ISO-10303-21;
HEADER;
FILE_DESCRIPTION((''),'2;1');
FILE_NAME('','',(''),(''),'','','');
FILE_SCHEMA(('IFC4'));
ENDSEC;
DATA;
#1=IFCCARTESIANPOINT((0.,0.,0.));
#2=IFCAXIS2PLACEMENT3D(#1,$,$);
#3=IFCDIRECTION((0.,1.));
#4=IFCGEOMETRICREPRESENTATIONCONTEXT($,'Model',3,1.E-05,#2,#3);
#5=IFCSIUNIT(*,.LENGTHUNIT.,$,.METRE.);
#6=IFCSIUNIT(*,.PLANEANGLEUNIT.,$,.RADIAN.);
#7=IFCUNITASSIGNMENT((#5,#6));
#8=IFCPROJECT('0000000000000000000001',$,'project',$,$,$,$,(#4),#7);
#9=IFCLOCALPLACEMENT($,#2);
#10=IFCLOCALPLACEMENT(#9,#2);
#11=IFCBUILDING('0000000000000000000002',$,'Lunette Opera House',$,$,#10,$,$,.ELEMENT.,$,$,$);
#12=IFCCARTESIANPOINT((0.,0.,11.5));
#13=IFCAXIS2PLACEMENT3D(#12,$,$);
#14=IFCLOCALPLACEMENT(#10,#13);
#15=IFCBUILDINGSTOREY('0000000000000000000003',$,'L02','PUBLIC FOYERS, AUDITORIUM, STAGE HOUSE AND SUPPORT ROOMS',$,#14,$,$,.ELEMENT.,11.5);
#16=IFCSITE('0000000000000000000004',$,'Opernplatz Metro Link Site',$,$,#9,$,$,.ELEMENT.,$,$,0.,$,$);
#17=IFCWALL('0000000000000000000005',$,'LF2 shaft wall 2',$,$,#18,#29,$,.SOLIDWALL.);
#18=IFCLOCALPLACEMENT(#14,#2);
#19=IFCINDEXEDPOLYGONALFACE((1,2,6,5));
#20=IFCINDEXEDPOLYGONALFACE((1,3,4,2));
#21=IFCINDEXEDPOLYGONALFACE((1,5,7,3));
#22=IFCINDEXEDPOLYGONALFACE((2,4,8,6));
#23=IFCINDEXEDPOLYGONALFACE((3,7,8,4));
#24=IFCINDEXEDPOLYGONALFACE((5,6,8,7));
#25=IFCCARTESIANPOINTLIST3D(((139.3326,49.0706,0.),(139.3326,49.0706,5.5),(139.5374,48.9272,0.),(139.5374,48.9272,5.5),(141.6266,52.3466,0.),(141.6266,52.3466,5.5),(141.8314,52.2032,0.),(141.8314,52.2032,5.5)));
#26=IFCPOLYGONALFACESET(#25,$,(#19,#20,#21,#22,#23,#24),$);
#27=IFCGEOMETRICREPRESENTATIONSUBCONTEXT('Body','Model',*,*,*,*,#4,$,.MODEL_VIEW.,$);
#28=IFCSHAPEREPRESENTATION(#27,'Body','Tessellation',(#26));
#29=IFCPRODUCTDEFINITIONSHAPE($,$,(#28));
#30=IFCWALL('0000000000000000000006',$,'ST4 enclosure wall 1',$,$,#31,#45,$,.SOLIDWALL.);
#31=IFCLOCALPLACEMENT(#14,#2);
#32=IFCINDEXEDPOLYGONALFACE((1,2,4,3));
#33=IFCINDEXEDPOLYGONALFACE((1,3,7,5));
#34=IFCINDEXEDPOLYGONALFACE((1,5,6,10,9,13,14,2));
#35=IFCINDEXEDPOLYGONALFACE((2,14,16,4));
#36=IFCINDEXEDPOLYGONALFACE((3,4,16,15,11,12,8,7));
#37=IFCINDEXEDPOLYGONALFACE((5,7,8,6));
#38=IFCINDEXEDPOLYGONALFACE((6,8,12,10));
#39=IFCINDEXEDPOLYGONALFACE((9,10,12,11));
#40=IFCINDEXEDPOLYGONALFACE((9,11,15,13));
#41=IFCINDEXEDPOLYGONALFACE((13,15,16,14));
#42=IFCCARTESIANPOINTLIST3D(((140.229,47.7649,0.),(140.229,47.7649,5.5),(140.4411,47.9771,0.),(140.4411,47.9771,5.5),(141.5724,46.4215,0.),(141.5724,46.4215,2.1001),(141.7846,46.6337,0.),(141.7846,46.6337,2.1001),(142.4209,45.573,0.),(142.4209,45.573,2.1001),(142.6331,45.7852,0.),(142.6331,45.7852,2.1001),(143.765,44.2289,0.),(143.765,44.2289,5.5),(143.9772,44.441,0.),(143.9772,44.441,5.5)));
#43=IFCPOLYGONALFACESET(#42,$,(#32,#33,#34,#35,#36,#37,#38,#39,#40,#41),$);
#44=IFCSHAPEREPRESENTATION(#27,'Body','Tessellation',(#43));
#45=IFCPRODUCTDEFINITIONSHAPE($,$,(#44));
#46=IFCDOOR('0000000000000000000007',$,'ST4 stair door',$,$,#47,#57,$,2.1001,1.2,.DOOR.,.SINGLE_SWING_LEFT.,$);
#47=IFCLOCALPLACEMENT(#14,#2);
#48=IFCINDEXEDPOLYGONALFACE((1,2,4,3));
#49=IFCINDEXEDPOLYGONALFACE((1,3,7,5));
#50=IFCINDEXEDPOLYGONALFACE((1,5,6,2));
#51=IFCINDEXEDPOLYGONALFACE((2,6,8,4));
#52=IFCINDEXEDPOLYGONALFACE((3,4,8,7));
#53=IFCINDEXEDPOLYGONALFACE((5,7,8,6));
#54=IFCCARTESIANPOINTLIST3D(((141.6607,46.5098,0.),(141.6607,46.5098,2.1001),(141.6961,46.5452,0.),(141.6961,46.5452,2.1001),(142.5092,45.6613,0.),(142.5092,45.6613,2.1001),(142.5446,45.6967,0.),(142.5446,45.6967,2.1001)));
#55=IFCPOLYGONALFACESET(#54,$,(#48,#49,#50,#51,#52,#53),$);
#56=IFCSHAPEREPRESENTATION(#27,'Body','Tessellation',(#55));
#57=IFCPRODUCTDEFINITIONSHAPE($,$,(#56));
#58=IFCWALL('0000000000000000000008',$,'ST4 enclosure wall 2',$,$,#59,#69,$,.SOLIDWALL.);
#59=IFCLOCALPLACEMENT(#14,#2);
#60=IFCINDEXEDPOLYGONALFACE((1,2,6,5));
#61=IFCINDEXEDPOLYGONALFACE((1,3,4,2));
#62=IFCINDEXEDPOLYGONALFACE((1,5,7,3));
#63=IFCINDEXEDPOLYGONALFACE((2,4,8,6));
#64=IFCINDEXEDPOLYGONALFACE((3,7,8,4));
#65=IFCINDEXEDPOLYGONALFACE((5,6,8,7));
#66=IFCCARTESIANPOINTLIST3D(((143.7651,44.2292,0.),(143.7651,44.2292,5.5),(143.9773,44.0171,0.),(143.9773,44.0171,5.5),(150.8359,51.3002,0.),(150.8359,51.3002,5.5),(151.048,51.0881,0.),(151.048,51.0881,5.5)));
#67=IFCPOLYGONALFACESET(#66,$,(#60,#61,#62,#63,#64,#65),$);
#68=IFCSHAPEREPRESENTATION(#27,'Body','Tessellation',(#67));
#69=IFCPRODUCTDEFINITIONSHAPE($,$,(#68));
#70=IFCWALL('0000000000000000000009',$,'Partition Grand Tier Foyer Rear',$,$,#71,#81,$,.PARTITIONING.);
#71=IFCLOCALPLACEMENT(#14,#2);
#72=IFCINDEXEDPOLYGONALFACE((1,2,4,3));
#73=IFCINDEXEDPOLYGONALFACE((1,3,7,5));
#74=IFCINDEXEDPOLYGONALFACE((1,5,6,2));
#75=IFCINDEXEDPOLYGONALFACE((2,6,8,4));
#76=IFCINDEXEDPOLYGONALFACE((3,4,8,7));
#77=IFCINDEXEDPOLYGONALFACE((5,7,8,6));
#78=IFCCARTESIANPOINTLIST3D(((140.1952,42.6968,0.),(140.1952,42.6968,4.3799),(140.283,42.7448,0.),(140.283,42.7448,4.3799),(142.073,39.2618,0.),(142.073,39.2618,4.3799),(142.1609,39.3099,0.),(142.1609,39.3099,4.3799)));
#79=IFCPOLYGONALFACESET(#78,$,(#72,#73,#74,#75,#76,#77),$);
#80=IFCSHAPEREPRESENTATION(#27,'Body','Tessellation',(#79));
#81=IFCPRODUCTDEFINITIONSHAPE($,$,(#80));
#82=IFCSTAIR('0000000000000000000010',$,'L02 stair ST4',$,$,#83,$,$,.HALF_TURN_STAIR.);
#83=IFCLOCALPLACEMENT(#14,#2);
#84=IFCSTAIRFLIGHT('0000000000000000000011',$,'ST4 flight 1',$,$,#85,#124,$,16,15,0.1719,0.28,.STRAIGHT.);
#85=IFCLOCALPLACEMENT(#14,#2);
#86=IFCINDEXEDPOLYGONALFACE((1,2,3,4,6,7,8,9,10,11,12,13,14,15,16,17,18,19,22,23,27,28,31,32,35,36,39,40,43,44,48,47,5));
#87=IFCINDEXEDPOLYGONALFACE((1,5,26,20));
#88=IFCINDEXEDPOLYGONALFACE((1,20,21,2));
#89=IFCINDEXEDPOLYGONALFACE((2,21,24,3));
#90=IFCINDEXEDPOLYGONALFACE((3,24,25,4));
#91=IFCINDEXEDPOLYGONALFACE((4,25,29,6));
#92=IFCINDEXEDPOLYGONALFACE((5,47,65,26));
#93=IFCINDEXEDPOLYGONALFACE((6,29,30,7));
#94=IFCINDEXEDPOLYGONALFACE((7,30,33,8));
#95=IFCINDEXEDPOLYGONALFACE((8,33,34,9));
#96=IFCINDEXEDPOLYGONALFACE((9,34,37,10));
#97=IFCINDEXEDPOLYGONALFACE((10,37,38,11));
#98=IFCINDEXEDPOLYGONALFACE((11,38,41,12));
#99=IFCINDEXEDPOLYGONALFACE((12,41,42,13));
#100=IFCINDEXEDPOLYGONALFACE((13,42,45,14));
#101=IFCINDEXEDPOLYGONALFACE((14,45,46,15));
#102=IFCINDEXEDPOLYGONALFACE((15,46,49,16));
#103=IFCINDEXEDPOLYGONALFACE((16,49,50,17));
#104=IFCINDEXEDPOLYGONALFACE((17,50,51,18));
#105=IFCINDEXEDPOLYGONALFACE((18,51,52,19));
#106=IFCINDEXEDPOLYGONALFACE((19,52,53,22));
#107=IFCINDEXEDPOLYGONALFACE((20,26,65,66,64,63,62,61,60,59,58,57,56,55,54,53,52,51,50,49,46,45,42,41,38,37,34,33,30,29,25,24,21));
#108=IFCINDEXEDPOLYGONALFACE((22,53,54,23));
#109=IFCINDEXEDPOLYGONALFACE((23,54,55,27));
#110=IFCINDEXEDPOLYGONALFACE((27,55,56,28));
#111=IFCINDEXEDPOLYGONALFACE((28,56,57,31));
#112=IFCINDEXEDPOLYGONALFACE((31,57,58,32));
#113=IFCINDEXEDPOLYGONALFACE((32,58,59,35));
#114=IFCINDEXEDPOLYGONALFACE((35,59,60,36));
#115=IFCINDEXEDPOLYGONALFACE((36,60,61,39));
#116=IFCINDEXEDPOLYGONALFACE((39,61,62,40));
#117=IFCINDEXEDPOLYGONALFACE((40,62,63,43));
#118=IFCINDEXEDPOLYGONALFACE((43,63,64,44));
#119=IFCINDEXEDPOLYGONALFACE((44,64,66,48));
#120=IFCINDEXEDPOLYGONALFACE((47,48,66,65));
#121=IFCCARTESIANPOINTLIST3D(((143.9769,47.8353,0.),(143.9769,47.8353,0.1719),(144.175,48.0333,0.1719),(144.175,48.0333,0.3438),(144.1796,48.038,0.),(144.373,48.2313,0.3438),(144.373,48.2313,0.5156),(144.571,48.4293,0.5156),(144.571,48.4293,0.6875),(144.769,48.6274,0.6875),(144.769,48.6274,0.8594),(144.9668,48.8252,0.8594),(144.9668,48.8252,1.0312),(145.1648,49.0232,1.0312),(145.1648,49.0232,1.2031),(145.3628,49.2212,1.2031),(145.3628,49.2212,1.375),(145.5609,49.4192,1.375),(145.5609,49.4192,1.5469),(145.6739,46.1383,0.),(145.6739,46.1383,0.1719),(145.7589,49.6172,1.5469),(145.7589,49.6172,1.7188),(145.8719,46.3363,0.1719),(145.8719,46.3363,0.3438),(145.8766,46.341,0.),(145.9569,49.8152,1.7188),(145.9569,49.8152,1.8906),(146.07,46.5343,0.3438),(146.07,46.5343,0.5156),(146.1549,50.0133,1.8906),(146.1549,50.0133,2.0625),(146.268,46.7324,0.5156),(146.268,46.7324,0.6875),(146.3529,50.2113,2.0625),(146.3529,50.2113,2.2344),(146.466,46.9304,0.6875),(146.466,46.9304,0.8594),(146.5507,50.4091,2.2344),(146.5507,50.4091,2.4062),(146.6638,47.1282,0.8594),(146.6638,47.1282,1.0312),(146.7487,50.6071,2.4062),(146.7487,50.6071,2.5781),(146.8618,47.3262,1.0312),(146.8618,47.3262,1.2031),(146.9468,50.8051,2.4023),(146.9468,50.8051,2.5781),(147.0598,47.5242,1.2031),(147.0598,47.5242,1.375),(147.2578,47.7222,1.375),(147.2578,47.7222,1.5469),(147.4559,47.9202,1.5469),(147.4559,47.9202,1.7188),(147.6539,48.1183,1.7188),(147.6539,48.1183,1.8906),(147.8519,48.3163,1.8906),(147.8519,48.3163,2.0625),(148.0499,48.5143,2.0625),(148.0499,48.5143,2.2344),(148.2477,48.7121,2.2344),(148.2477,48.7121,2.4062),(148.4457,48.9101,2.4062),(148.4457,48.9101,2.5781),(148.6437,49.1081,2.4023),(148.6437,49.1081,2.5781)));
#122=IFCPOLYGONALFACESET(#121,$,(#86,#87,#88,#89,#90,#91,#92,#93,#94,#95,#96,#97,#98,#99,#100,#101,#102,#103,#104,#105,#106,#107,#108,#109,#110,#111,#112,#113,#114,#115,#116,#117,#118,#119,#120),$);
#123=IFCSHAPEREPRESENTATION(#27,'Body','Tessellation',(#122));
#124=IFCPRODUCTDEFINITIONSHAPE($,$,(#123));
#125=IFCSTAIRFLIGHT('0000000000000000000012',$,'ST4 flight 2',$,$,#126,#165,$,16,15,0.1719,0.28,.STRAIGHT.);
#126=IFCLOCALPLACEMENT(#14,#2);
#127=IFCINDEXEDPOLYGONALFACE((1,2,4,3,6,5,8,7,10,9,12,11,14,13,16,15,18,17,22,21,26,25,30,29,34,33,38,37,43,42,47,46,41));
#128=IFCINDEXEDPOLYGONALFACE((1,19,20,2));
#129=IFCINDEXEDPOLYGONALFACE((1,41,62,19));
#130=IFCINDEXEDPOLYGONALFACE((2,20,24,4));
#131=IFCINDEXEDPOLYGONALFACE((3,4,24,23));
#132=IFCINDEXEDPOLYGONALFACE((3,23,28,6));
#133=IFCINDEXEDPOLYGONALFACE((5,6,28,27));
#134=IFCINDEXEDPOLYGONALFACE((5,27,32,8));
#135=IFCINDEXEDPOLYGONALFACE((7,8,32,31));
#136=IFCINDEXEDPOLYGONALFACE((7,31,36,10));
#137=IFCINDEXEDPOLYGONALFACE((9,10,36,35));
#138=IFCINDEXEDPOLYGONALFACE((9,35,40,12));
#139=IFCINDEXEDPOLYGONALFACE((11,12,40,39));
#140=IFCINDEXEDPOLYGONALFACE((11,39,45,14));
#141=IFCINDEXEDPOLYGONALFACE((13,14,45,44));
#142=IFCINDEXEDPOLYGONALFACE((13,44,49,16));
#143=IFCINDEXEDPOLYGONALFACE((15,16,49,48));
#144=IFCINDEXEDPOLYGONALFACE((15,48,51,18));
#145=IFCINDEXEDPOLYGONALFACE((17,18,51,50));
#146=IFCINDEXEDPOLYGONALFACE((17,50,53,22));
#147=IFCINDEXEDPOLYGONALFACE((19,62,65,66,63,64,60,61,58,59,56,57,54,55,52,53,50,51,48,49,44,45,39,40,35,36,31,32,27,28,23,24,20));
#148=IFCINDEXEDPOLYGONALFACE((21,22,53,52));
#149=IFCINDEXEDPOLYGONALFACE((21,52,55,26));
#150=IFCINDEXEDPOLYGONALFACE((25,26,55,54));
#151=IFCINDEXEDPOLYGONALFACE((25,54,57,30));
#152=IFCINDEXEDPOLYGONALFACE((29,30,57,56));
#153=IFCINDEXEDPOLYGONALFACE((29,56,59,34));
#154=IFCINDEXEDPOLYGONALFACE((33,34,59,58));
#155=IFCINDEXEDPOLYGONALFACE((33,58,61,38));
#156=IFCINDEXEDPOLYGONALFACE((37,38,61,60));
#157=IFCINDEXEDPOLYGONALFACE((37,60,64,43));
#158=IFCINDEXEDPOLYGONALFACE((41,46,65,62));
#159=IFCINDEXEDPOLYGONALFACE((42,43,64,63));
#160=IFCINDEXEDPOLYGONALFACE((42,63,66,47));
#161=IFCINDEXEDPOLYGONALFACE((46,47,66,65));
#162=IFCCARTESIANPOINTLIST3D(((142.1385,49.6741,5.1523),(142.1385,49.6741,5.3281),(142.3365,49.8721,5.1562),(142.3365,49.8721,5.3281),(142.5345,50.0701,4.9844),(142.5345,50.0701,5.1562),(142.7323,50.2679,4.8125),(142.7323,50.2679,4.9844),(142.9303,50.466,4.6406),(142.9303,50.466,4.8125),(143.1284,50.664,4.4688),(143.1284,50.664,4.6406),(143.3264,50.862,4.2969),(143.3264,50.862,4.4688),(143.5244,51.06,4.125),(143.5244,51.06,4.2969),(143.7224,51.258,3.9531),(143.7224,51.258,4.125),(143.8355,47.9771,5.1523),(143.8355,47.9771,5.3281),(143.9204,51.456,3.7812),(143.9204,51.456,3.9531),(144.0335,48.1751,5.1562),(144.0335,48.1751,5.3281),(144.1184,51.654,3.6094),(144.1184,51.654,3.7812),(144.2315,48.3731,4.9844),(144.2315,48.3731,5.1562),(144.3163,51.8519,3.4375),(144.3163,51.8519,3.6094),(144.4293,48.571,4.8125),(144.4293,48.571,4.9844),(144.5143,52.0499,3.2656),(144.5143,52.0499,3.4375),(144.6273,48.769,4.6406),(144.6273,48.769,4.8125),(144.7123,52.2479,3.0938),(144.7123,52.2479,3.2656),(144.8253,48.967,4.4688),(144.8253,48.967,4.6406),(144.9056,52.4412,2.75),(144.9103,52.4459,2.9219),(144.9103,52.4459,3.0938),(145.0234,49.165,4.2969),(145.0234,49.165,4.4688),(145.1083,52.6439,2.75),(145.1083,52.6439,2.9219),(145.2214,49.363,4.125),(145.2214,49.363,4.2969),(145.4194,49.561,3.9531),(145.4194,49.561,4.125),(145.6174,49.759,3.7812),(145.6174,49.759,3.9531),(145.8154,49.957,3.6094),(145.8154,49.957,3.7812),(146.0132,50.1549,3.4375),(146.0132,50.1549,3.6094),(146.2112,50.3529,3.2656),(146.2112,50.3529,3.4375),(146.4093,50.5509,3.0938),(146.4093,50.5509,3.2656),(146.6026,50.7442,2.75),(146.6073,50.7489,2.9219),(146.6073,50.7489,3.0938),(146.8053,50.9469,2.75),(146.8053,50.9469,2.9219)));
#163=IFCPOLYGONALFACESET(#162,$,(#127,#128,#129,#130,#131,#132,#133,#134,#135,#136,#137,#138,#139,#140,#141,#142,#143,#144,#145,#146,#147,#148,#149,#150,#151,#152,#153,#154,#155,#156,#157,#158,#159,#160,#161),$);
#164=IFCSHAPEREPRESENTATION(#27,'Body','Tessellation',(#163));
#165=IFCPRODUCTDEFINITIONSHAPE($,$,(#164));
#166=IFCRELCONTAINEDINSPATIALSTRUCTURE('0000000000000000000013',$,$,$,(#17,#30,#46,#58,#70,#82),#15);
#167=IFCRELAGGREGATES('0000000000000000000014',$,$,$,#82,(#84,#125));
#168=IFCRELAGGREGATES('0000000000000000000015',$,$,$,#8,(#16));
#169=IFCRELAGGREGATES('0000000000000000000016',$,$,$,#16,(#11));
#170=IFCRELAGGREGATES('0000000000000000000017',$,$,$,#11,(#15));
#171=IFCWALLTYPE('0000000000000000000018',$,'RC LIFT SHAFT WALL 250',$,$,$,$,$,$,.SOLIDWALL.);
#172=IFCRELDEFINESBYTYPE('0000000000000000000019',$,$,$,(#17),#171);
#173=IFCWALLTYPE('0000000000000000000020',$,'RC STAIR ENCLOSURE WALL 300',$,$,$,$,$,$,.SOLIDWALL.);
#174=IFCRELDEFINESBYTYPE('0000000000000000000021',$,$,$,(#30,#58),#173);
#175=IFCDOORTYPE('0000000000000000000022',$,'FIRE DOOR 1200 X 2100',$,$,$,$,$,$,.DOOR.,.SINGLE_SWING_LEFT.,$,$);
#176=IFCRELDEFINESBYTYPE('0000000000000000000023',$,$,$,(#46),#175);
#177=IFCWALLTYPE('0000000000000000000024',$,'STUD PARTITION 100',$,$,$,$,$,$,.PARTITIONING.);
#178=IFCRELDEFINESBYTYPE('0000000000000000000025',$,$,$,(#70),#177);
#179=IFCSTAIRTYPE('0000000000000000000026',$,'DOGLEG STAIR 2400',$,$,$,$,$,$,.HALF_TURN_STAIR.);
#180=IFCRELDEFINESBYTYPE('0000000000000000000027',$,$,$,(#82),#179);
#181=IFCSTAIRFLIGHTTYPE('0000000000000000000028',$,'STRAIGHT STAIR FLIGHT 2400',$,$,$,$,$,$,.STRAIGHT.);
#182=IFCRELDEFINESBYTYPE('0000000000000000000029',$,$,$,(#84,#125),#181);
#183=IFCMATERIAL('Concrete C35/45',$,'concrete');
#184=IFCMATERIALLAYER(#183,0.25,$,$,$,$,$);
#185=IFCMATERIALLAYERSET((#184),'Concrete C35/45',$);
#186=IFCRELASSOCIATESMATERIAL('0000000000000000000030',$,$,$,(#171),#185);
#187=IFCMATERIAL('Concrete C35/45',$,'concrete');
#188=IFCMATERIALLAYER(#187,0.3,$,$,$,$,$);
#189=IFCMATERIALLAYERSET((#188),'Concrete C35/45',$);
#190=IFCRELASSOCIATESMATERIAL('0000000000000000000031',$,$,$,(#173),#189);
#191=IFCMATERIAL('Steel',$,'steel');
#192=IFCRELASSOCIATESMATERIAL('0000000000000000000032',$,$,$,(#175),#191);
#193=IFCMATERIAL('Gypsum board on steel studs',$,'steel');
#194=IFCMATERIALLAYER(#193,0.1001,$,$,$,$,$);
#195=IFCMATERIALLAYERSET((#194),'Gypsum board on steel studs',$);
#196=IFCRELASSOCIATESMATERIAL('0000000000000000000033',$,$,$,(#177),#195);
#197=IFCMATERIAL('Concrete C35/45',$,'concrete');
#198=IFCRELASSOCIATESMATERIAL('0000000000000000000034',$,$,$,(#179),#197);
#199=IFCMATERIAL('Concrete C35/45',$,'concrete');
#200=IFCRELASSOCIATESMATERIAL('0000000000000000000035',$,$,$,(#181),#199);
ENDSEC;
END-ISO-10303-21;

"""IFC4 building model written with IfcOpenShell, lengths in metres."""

from ifc_helpers import new_model, si_unit, direction, frame, frame_2d, origin, place, context, subcontext, project, spatial, polyline, rectangle, outline, extrude, material, layer, layer_set, type_object, element, fill, aggregate, save


model = new_model("IFC4")

# Units and contexts
model_context = context("Model", 3, precision=1e-05, world=origin(), true_north=direction((0.0, 1.0)))
body_context = subcontext(model_context, "Body", "Model", "MODEL_VIEW")
ifc_project = project(units=[si_unit("LENGTHUNIT", "METRE"), si_unit("PLANEANGLEUNIT", "RADIAN")], contexts=[model_context])

# Site, building, storey
site_placement = place(None, origin())
site = spatial("IfcSite", under=ifc_project, at=site_placement, Name="Opernplatz Metro Link Site", CompositionType="ELEMENT", RefElevation=0.0)
building_placement = place(site_placement, origin())
building = spatial("IfcBuilding", under=site, at=building_placement, Name="Lunette Opera House", CompositionType="ELEMENT")
storey_placement = place(building_placement, frame((0.0, 0.0, 11.5)))
storey = spatial("IfcBuildingStorey", under=building, at=storey_placement, Name="L02", Description="PUBLIC FOYERS, AUDITORIUM, STAGE HOUSE AND SUPPORT ROOMS", CompositionType="ELEMENT", Elevation=11.5)

# Wall
ifc_material_1 = material(Name="Concrete C35/45", Category="concrete")
ifc_layer_1 = layer(ifc_material_1, 0.25)
ifc_layer_set_1 = layer_set([ifc_layer_1], Name="Concrete C35/45")
wall_type_1 = type_object("IfcWallType", Name="RC LIFT SHAFT WALL 250", PredefinedType="SOLIDWALL", material=ifc_layer_set_1)
wall_1_placement = place(storey_placement, frame((139.4351, 48.999, 0.0), z_axis=(0.0, 0.0, 1.0), x_axis=(0.573602, 0.819134, 0.0)))
element("IfcWall", 1, at=wall_1_placement, inside=storey, type_object=wall_type_1, Name="LF2 shaft wall 2", PredefinedType="SOLIDWALL", context=body_context, shape_type="SweptSolid", body=[
    extrude(rectangle(XDim=3.9993, YDim=0.25, at=frame_2d((1.9995, 0.0))), origin(), (0.0, 0.0, 1.0), 5.5),
])

# Wall, opening, door
ifc_material_2 = material(Name="Concrete C35/45", Category="concrete")
ifc_layer_2 = layer(ifc_material_2, 0.3)
ifc_layer_set_2 = layer_set([ifc_layer_2], Name="Concrete C35/45")
wall_type_2 = type_object("IfcWallType", Name="RC STAIR ENCLOSURE WALL 300", PredefinedType="SOLIDWALL", material=ifc_layer_set_2)
wall_2_placement = place(storey_placement, frame((140.335, 47.8711, 0.0), z_axis=(0.0, 0.0, 1.0), x_axis=(0.707107, -0.707107, 0.0)))
wall_2 = element("IfcWall", 2, at=wall_2_placement, inside=storey, type_object=wall_type_2, Name="ST4 enclosure wall 1", PredefinedType="SOLIDWALL", context=body_context, shape_type="SweptSolid", body=[
    extrude(rectangle(XDim=5.0007, YDim=0.3, at=frame_2d((2.5005, 0.0))), origin(), (0.0, 0.0, 1.0), 5.5),
])
opening_1_placement = place(wall_2_placement, frame((1.8999, 0.0, 0.0)))
opening_1 = element("IfcOpeningElement", 3, at=opening_1_placement, cuts=wall_2, PredefinedType="OPENING", context=body_context, shape_type="SweptSolid", body=[
    extrude(rectangle(XDim=1.2, YDim=2.1001, at=frame_2d((0.6001, 1.05))), frame((0.0, 0.1621, 0.0), z_axis=(0.0, -1.0, 0.0), x_axis=(1.0, 0.0, 0.0)), (0.0, 0.0, 1.0), 0.324),
])
ifc_material_3 = material(Name="Steel", Category="steel")
door_type = type_object("IfcDoorType", Name="FIRE DOOR 1200 X 2100", OperationType="SINGLE_SWING_LEFT", PredefinedType="DOOR", material=ifc_material_3)
door_placement = place(opening_1_placement, origin())
door = element("IfcDoor", 4, at=door_placement, inside=storey, type_object=door_type, Name="ST4 stair door", OperationType="SINGLE_SWING_LEFT", OverallHeight=2.1001, OverallWidth=1.2, PredefinedType="DOOR", context=body_context, shape_type="SweptSolid", body=[
    extrude(rectangle(XDim=1.2, YDim=2.1001, at=frame_2d((0.6001, 1.05))), frame((0.0, 0.0249, 0.0), z_axis=(0.0, -1.0, 0.0), x_axis=(1.0, 0.0, 0.0)), (0.0, 0.0, 1.0), 0.05),
])
fill(opening_1, door)

# Walls
wall_3_placement = place(storey_placement, frame((143.8711, 44.123, 0.0), z_axis=(0.0, 0.0, 1.0), x_axis=(0.707095, 0.707119, 0.0)))
element("IfcWall", 5, at=wall_3_placement, inside=storey, type_object=wall_type_2, Name="ST4 enclosure wall 2", PredefinedType="SOLIDWALL", context=body_context, shape_type="SweptSolid", body=[
    extrude(rectangle(XDim=9.9998, YDim=0.3, at=frame_2d((5.0, 0.0))), origin(), (0.0, 0.0, 1.0), 5.5),
])
ifc_material_4 = material(Name="Gypsum board on steel studs", Category="steel")
ifc_layer_3 = layer(ifc_material_4, 0.1001)
ifc_layer_set_3 = layer_set([ifc_layer_3], Name="Gypsum board on steel studs")
wall_type_3 = type_object("IfcWallType", Name="STUD PARTITION 100", PredefinedType="PARTITIONING", material=ifc_layer_set_3)
wall_4_placement = place(storey_placement, frame((140.239, 42.7209, 0.0), z_axis=(0.0, 0.0, 1.0), x_axis=(0.479691, -0.877438, 0.0)))
element("IfcWall", 6, at=wall_4_placement, inside=storey, type_object=wall_type_3, Name="Partition Grand Tier Foyer Rear", PredefinedType="PARTITIONING", context=body_context, shape_type="SweptSolid", body=[
    extrude(rectangle(XDim=3.9148, YDim=0.1001, at=frame_2d((1.9575, 0.0))), origin(), (0.0, 0.0, 1.0), 4.3799),
])

# Stair, stair flights
ifc_material_5 = material(Name="Concrete C35/45", Category="concrete")
stair_type = type_object("IfcStairType", Name="DOGLEG STAIR 2400", PredefinedType="HALF_TURN_STAIR", material=ifc_material_5)
stair_placement = place(storey_placement, origin())
stair = element("IfcStair", 7, at=stair_placement, inside=storey, type_object=stair_type, Name="L02 stair ST4", PredefinedType="HALF_TURN_STAIR")
ifc_material_6 = material(Name="Concrete C35/45", Category="concrete")
stair_flight_type = type_object("IfcStairFlightType", Name="STRAIGHT STAIR FLIGHT 2400", PredefinedType="STRAIGHT", material=ifc_material_6)
stair_flight_1_placement = place(storey_placement, frame((144.8254, 46.9868, 0.0), z_axis=(0.0, 0.0, 1.0), x_axis=(0.707107, 0.707107, 0.0)))
stair_flight_1 = element("IfcStairFlight", 8, at=stair_flight_1_placement, type_object=stair_flight_type, Name="ST4 flight 1", NumberOfRisers=16, NumberOfTreads=15, PredefinedType="STRAIGHT", RiserHeight=0.1719, TreadLength=0.28, context=body_context, shape_type="SweptSolid", body=[
    extrude(outline(polyline([(0.0, 0.0), (0.0, 0.1719), (0.28, 0.1719), (0.28, 0.3438), (0.5601, 0.3438), (0.5601, 0.5156), (0.8401, 0.5156), (0.8401, 0.6875), (1.1201, 0.6875), (1.1201, 0.8594), (1.3999, 0.8594), (1.3999, 1.0312), (1.6799, 1.0312), (1.6799, 1.2031), (1.96, 1.2031), (1.96, 1.375), (2.24, 1.375), (2.24, 1.5469), (2.52, 1.5469), (2.52, 1.7188), (2.8, 1.7188), (2.8, 1.8906), (3.0801, 1.8906), (3.0801, 2.0625), (3.3601, 2.0625), (3.3601, 2.2344), (3.6399, 2.2344), (3.6399, 2.4062), (3.9199, 2.4062), (3.9199, 2.5781), (4.2, 2.5781), (4.2, 2.75), (4.2, 2.4023), (0.2866, 0.0), (0.0, 0.0)])), frame((0.0, 1.2, 0.0), z_axis=(0.0, -1.0, 0.0), x_axis=(1.0, 0.0, 0.0)), (0.0, 0.0, 1.0), 2.3999),
])
stair_flight_2_placement = place(storey_placement, frame((145.9568, 51.7954, 2.75), z_axis=(0.0, 0.0, 1.0), x_axis=(-0.707107, -0.707107, 0.0)))
stair_flight_2 = element("IfcStairFlight", 9, at=stair_flight_2_placement, type_object=stair_flight_type, Name="ST4 flight 2", NumberOfRisers=16, NumberOfTreads=15, PredefinedType="STRAIGHT", RiserHeight=0.1719, TreadLength=0.28, context=body_context, shape_type="SweptSolid", body=[
    extrude(outline(polyline([(0.0, 0.0), (0.0, 0.1719), (0.28, 0.1719), (0.28, 0.3438), (0.5601, 0.3438), (0.5601, 0.5156), (0.8401, 0.5156), (0.8401, 0.6875), (1.1201, 0.6875), (1.1201, 0.8594), (1.3999, 0.8594), (1.3999, 1.0312), (1.6799, 1.0312), (1.6799, 1.2031), (1.96, 1.2031), (1.96, 1.375), (2.24, 1.375), (2.24, 1.5469), (2.52, 1.5469), (2.52, 1.7188), (2.8, 1.7188), (2.8, 1.8906), (3.0801, 1.8906), (3.0801, 2.0625), (3.3601, 2.0625), (3.3601, 2.2344), (3.6399, 2.2344), (3.6399, 2.4062), (3.9199, 2.4062), (3.9199, 2.5781), (4.2, 2.5781), (4.2, 2.75), (4.2, 2.4023), (0.2866, 0.0), (0.0, 0.0)])), frame((0.0, 1.2, 0.0), z_axis=(0.0, -1.0, 0.0), x_axis=(1.0, 0.0, 0.0)), (0.0, 0.0, 1.0), 2.3999),
])
aggregate(stair, [stair_flight_1, stair_flight_2])

save(model, "model.ifc")
